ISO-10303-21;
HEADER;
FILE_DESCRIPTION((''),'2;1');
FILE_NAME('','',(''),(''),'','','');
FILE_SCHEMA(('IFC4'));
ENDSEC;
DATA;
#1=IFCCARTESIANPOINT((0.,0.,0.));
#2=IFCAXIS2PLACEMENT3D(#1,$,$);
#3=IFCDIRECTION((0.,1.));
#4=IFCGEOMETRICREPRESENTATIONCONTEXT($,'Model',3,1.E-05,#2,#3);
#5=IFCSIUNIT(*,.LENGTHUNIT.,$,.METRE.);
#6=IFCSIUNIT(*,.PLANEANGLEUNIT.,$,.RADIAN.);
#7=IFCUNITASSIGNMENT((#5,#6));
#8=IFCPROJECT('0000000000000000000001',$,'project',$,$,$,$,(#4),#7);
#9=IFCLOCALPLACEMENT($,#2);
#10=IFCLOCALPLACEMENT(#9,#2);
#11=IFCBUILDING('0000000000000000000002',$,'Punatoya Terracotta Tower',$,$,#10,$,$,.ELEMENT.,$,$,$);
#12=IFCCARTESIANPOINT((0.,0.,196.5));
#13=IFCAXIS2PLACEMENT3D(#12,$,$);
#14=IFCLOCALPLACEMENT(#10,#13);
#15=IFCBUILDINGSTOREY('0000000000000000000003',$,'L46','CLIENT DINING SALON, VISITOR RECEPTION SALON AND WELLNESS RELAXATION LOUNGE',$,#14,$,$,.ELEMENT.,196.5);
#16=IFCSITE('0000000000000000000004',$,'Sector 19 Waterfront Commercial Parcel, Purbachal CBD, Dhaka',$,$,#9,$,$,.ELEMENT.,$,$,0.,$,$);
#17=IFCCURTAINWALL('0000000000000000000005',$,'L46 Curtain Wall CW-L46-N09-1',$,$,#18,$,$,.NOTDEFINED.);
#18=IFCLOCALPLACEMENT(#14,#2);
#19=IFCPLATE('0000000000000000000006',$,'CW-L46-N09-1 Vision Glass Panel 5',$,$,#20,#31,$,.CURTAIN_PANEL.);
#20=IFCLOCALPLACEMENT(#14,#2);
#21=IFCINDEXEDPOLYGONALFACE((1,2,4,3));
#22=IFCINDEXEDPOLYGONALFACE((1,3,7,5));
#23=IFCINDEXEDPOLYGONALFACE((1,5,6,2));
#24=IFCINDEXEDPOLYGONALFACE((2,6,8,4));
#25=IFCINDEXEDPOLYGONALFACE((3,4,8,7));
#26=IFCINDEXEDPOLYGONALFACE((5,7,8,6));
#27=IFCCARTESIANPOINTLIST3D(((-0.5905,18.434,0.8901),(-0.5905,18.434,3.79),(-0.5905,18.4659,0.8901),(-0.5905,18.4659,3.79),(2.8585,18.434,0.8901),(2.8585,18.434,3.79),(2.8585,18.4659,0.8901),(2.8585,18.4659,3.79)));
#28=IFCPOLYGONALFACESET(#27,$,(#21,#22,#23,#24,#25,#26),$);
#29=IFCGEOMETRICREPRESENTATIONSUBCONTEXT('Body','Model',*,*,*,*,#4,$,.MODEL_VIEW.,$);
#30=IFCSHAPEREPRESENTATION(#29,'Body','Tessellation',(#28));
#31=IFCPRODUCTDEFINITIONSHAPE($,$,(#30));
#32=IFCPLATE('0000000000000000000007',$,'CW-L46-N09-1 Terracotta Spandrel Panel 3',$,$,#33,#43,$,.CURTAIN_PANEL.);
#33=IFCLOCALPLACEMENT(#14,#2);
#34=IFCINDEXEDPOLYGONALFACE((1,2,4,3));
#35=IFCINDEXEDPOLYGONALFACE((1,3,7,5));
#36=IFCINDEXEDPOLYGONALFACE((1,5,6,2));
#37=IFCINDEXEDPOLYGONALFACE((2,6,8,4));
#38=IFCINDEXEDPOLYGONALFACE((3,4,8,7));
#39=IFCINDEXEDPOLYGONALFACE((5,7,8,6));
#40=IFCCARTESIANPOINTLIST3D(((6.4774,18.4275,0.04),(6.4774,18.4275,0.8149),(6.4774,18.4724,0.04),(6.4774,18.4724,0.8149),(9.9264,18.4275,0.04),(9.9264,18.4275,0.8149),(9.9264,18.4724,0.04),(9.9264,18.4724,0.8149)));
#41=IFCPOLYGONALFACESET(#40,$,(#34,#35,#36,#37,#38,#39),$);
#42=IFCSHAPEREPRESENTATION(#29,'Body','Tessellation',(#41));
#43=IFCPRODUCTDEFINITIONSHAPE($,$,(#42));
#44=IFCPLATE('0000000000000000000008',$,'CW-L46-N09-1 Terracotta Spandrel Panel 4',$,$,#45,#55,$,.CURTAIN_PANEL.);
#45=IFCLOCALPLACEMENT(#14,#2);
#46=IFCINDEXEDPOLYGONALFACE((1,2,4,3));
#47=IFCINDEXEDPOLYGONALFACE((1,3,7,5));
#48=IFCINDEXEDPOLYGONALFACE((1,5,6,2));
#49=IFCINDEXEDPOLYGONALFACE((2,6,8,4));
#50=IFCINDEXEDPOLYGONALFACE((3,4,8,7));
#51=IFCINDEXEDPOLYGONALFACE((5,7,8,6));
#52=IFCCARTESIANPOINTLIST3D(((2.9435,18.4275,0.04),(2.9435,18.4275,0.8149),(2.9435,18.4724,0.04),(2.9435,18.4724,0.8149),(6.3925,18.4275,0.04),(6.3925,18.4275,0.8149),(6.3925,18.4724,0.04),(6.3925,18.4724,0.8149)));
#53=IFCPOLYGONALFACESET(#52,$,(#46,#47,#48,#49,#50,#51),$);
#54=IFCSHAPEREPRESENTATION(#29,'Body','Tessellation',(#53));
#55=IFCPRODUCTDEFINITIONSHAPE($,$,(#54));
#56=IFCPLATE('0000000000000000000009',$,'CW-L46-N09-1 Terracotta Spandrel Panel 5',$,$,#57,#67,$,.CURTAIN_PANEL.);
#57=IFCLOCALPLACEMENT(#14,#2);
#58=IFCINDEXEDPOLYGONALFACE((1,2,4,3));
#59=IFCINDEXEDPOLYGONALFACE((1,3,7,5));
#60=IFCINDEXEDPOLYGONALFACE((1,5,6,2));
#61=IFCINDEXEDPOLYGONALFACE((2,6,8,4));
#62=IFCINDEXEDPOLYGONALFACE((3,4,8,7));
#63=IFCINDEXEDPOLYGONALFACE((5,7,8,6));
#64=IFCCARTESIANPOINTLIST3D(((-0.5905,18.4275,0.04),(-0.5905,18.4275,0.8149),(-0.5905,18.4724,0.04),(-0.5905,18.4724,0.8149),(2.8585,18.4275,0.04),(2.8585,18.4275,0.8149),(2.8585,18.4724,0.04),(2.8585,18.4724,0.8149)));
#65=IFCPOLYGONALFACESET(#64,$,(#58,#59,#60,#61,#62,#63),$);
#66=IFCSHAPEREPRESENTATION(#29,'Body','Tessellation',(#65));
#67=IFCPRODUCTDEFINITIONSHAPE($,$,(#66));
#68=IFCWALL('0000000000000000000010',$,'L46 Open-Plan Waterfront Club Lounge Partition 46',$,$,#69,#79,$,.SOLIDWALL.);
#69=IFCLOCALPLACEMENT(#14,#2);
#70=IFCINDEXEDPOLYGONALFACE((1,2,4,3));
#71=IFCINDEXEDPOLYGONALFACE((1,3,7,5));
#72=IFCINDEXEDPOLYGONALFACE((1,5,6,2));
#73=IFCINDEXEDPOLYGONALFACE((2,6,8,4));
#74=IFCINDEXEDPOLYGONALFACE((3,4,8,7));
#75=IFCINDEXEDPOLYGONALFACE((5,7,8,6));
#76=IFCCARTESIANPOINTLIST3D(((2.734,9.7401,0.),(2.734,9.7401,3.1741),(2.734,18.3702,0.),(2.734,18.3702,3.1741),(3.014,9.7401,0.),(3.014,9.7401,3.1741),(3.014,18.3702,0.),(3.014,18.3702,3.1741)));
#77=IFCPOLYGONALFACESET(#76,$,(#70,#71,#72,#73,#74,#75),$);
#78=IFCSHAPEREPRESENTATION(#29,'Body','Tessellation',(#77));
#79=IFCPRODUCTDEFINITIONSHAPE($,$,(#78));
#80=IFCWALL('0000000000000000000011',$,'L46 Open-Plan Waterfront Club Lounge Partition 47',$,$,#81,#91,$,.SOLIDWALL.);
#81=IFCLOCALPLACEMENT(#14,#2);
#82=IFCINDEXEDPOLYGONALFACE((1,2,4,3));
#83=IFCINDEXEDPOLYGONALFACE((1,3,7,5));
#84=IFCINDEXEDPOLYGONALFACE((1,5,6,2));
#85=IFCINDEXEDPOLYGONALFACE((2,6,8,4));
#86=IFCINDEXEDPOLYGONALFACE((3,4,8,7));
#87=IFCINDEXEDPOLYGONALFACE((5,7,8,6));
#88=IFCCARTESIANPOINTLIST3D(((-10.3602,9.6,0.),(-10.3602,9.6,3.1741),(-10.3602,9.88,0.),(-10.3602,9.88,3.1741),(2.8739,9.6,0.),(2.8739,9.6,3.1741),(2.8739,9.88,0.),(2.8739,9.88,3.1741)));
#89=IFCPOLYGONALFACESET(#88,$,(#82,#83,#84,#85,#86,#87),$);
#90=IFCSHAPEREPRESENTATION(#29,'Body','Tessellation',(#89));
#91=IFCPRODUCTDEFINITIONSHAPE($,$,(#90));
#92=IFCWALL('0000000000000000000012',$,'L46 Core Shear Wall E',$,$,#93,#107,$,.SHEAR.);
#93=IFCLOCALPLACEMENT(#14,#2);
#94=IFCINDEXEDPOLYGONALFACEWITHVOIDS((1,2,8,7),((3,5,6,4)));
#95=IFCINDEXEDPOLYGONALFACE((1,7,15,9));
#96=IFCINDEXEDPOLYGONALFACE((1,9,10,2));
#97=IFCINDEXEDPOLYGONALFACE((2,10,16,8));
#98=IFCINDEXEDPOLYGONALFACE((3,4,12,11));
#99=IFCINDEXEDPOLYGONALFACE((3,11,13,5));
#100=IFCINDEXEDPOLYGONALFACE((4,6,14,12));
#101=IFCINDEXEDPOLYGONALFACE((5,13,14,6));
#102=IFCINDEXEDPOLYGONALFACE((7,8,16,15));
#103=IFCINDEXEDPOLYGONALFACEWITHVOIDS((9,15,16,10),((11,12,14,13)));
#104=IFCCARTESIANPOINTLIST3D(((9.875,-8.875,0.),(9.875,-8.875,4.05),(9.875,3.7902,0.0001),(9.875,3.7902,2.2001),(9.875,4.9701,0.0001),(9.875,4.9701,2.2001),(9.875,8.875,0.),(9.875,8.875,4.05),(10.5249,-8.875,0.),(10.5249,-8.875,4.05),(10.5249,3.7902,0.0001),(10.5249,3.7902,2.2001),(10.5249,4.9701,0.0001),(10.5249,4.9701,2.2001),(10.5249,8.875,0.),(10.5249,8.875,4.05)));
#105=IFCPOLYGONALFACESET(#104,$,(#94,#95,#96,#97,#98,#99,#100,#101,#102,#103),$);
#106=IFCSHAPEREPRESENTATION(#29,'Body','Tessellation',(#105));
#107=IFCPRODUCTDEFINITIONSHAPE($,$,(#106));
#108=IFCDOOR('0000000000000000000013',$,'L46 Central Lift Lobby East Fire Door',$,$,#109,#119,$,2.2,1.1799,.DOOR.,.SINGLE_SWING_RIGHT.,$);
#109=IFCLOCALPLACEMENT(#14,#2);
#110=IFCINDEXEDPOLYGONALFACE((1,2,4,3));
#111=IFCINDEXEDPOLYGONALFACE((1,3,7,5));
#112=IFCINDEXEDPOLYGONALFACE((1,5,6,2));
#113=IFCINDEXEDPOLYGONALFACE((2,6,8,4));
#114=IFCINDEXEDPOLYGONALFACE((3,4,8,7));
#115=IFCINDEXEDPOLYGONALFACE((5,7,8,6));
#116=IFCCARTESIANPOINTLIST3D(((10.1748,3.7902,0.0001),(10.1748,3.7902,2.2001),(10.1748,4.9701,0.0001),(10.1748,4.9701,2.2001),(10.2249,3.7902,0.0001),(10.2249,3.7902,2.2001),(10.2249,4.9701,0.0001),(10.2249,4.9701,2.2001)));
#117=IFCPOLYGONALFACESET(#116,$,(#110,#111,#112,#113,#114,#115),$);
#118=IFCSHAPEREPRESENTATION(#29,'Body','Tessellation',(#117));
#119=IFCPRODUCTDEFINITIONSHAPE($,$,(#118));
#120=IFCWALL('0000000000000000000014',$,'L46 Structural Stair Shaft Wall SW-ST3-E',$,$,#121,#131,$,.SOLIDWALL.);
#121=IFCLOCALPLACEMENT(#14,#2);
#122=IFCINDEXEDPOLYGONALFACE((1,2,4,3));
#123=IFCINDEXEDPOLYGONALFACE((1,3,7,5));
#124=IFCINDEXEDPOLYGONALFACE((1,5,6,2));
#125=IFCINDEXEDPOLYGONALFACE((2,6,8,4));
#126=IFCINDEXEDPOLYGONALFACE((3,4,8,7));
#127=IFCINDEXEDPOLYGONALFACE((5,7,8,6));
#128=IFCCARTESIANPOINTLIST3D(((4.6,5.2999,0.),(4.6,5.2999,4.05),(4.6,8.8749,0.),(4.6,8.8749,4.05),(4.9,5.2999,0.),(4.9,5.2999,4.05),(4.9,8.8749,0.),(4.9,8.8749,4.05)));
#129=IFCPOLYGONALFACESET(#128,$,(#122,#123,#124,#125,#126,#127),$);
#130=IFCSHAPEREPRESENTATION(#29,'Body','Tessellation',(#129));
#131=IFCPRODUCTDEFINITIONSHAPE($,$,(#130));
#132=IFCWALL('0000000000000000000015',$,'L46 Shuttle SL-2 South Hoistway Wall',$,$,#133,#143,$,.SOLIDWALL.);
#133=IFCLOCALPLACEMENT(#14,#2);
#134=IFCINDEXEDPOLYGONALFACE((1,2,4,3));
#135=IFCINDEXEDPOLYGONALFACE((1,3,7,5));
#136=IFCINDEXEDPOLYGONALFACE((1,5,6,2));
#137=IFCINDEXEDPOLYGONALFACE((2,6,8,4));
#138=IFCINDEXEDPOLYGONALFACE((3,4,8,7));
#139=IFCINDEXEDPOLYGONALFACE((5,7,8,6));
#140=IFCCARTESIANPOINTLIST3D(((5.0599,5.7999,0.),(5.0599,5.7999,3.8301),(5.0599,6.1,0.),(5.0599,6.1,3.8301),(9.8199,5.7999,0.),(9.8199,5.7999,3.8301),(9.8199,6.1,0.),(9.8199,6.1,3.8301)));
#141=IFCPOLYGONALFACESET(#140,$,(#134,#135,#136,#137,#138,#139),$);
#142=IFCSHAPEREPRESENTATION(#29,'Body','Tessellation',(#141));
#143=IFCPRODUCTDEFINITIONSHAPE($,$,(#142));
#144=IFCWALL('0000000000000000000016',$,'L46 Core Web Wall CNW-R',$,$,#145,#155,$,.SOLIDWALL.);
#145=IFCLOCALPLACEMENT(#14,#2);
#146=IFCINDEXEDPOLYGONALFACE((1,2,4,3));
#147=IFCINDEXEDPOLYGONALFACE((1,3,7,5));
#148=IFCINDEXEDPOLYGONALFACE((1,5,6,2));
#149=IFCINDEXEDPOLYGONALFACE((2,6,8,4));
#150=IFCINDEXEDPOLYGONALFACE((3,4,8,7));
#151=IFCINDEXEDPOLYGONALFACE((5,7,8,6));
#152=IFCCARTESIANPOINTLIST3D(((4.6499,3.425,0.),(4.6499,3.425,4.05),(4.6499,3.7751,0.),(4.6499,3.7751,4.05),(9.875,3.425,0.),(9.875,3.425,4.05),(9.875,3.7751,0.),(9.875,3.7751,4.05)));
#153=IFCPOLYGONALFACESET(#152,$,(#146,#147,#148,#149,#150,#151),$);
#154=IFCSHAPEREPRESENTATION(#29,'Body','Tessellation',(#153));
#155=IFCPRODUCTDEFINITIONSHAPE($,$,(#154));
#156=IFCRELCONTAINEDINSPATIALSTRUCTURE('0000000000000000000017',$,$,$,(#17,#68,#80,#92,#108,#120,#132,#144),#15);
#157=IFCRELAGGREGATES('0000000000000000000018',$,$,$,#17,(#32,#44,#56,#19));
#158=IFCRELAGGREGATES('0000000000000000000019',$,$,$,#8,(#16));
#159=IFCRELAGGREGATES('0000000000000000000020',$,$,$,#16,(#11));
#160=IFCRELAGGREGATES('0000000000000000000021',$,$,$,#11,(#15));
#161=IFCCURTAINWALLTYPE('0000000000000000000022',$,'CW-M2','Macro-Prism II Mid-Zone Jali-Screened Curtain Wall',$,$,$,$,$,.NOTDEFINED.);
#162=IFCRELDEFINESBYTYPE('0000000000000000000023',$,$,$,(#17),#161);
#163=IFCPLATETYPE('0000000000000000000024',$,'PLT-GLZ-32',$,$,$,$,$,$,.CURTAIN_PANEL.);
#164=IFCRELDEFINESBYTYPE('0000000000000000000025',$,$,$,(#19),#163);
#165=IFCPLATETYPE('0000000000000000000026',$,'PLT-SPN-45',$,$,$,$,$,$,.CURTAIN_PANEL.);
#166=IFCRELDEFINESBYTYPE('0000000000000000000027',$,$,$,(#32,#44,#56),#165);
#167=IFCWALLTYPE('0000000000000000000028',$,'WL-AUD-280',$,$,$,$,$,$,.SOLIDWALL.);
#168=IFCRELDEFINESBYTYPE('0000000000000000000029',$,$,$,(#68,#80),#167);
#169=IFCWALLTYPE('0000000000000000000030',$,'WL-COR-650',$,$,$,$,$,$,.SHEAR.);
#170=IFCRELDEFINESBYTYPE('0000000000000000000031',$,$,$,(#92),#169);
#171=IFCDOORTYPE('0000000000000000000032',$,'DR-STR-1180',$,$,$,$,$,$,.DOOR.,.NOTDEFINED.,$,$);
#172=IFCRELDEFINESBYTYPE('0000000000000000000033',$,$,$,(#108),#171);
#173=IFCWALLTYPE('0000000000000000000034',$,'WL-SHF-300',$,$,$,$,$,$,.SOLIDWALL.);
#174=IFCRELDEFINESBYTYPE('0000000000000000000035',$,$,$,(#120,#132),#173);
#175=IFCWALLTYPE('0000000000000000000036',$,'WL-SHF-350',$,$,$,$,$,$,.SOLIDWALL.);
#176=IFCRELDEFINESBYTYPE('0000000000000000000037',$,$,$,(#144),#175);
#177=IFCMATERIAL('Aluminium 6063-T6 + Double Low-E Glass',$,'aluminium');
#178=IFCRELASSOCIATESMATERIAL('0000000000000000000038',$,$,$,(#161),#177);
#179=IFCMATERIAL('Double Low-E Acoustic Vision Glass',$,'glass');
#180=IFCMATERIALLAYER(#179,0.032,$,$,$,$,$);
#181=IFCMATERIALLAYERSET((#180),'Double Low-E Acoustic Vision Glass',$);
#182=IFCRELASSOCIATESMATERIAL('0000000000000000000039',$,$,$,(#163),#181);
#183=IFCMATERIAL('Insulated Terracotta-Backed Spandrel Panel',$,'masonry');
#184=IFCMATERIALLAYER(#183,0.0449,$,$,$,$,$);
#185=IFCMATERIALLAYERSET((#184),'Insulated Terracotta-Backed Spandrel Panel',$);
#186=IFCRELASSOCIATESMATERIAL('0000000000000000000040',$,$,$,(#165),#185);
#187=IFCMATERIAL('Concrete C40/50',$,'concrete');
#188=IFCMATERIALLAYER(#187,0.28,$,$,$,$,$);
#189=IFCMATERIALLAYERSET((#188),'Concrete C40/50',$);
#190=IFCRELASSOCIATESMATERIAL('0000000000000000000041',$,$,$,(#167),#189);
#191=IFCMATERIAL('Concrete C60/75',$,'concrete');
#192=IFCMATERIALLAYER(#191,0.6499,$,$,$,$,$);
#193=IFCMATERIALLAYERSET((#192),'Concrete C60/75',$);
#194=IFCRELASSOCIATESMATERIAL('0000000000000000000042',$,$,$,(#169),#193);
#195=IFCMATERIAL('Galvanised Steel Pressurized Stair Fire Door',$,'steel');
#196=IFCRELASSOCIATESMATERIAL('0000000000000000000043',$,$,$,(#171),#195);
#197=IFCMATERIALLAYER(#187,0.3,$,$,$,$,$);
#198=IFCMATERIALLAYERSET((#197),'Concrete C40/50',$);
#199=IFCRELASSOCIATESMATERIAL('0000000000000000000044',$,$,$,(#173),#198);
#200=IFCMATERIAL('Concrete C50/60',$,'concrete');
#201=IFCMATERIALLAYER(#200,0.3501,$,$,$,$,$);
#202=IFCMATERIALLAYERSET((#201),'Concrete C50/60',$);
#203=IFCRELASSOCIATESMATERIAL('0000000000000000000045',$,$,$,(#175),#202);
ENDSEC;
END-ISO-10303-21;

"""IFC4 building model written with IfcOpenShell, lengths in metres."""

from ifc_helpers import new_model, si_unit, direction, frame, frame_2d, origin, origin_2d, place, context, subcontext, project, spatial, rectangle, extrude, material, layer, layer_set, type_object, element, fill, aggregate, save


model = new_model("IFC4")

# Units and contexts
model_context = context("Model", 3, precision=1e-05, world=origin(), true_north=direction((0.0, 1.0)))
body_context = subcontext(model_context, "Body", "Model", "MODEL_VIEW")
ifc_project = project(units=[si_unit("LENGTHUNIT", "METRE"), si_unit("PLANEANGLEUNIT", "RADIAN")], contexts=[model_context])

# Site, building, storey
site_placement = place(None, origin())
site = spatial("IfcSite", under=ifc_project, at=site_placement, Name="Sector 19 Waterfront Commercial Parcel, Purbachal CBD, Dhaka", CompositionType="ELEMENT", RefElevation=0.0)
building_placement = place(site_placement, origin())
building = spatial("IfcBuilding", under=site, at=building_placement, Name="Punatoya Terracotta Tower", CompositionType="ELEMENT")
storey_placement = place(building_placement, frame((0.0, 0.0, 196.5)))
storey = spatial("IfcBuildingStorey", under=building, at=storey_placement, Name="L46", Description="CLIENT DINING SALON, VISITOR RECEPTION SALON AND WELLNESS RELAXATION LOUNGE", CompositionType="ELEMENT", Elevation=196.5)

# Curtain wall, plates
ifc_material_1 = material(Name="Aluminium 6063-T6 + Double Low-E Glass", Category="aluminium")
curtain_wall_type = type_object("IfcCurtainWallType", Name="CW-M2", Description="Macro-Prism II Mid-Zone Jali-Screened Curtain Wall", PredefinedType="NOTDEFINED", material=ifc_material_1)
curtain_wall_placement = place(storey_placement, origin())
curtain_wall = element("IfcCurtainWall", 1, at=curtain_wall_placement, inside=storey, type_object=curtain_wall_type, Name="L46 Curtain Wall CW-L46-N09-1", PredefinedType="NOTDEFINED")
ifc_material_2 = material(Name="Double Low-E Acoustic Vision Glass", Category="glass")
ifc_layer_1 = layer(ifc_material_2, 0.032)
ifc_layer_set_1 = layer_set([ifc_layer_1], Name="Double Low-E Acoustic Vision Glass")
plate_type_1 = type_object("IfcPlateType", Name="PLT-GLZ-32", PredefinedType="CURTAIN_PANEL", material=ifc_layer_set_1)
plate_1_placement = place(storey_placement, frame((1.134, 18.45, 0.8901), z_axis=(0.0, 0.0, 1.0), x_axis=(-1.0, 0.0, 0.0)))
plate_1 = element("IfcPlate", 2, at=plate_1_placement, type_object=plate_type_1, Name="CW-L46-N09-1 Vision Glass Panel 5", PredefinedType="CURTAIN_PANEL", context=body_context, shape_type="SweptSolid", body=[
    extrude(rectangle(XDim=3.449, YDim=0.032, at=origin_2d()), origin(), (0.0, 0.0, 1.0), 2.8999),
])
ifc_material_3 = material(Name="Insulated Terracotta-Backed Spandrel Panel", Category="masonry")
ifc_layer_2 = layer(ifc_material_3, 0.0449)
ifc_layer_set_2 = layer_set([ifc_layer_2], Name="Insulated Terracotta-Backed Spandrel Panel")
plate_type_2 = type_object("IfcPlateType", Name="PLT-SPN-45", PredefinedType="CURTAIN_PANEL", material=ifc_layer_set_2)
plate_2_placement = place(storey_placement, frame((8.2019, 18.45, 0.04), z_axis=(0.0, 0.0, 1.0), x_axis=(-1.0, 0.0, 0.0)))
plate_2 = element("IfcPlate", 3, at=plate_2_placement, type_object=plate_type_2, Name="CW-L46-N09-1 Terracotta Spandrel Panel 3", PredefinedType="CURTAIN_PANEL", context=body_context, shape_type="SweptSolid", body=[
    extrude(rectangle(XDim=3.449, YDim=0.0449, at=origin_2d()), origin(), (0.0, 0.0, 1.0), 0.7749),
])
plate_3_placement = place(storey_placement, frame((4.668, 18.45, 0.04), z_axis=(0.0, 0.0, 1.0), x_axis=(-1.0, 0.0, 0.0)))
plate_3 = element("IfcPlate", 4, at=plate_3_placement, type_object=plate_type_2, Name="CW-L46-N09-1 Terracotta Spandrel Panel 4", PredefinedType="CURTAIN_PANEL", context=body_context, shape_type="SweptSolid", body=[
    extrude(rectangle(XDim=3.449, YDim=0.0449, at=origin_2d()), origin(), (0.0, 0.0, 1.0), 0.7749),
])
plate_4_placement = place(storey_placement, frame((1.134, 18.45, 0.04), z_axis=(0.0, 0.0, 1.0), x_axis=(-1.0, 0.0, 0.0)))
plate_4 = element("IfcPlate", 5, at=plate_4_placement, type_object=plate_type_2, Name="CW-L46-N09-1 Terracotta Spandrel Panel 5", PredefinedType="CURTAIN_PANEL", context=body_context, shape_type="SweptSolid", body=[
    extrude(rectangle(XDim=3.449, YDim=0.0449, at=origin_2d()), origin(), (0.0, 0.0, 1.0), 0.7749),
])
aggregate(curtain_wall, [plate_2, plate_3, plate_4, plate_1])

# Walls
ifc_material_4 = material(Name="Concrete C40/50", Category="concrete")
ifc_layer_3 = layer(ifc_material_4, 0.28)
ifc_layer_set_3 = layer_set([ifc_layer_3], Name="Concrete C40/50")
wall_type_1 = type_object("IfcWallType", Name="WL-AUD-280", PredefinedType="SOLIDWALL", material=ifc_layer_set_3)
wall_1_placement = place(storey_placement, frame((2.874, 18.3701, 0.0), z_axis=(0.0, 0.0, 1.0), x_axis=(0.0, -1.0, 0.0)))
element("IfcWall", 6, at=wall_1_placement, inside=storey, type_object=wall_type_1, Name="L46 Open-Plan Waterfront Club Lounge Partition 46", PredefinedType="SOLIDWALL", context=body_context, shape_type="SweptSolid", body=[
    extrude(rectangle(XDim=8.6301, YDim=0.28, at=frame_2d((4.3149, 0.0))), origin(), (0.0, 0.0, 1.0), 3.1741),
])
wall_2_placement = place(storey_placement, frame((2.874, 9.74, 0.0), z_axis=(0.0, 0.0, 1.0), x_axis=(-1.0, 0.0, 0.0)))
element("IfcWall", 7, at=wall_2_placement, inside=storey, type_object=wall_type_1, Name="L46 Open-Plan Waterfront Club Lounge Partition 47", PredefinedType="SOLIDWALL", context=body_context, shape_type="SweptSolid", body=[
    extrude(rectangle(XDim=13.2341, YDim=0.28, at=frame_2d((6.6172, 0.0))), origin(), (0.0, 0.0, 1.0), 3.1741),
])

# Wall, opening, door
ifc_material_5 = material(Name="Concrete C60/75", Category="concrete")
ifc_layer_4 = layer(ifc_material_5, 0.6499)
ifc_layer_set_4 = layer_set([ifc_layer_4], Name="Concrete C60/75")
wall_type_2 = type_object("IfcWallType", Name="WL-COR-650", PredefinedType="SHEAR", material=ifc_layer_set_4)
wall_3_placement = place(storey_placement, frame((10.2, 8.875, 0.0), z_axis=(0.0, 0.0, 1.0), x_axis=(0.0, -1.0, 0.0)))
wall_3 = element("IfcWall", 8, at=wall_3_placement, inside=storey, type_object=wall_type_2, Name="L46 Core Shear Wall E", PredefinedType="SHEAR", context=body_context, shape_type="SweptSolid", body=[
    extrude(rectangle(XDim=17.75, YDim=0.6499, at=frame_2d((8.875, 0.0))), origin(), (0.0, 0.0, 1.0), 4.05),
])
opening_placement = place(wall_3_placement, frame((3.905, 0.0, 0.0)))
opening = element("IfcOpeningElement", 9, at=opening_placement, cuts=wall_3, PredefinedType="OPENING", context=body_context, shape_type="SweptSolid", body=[
    extrude(rectangle(XDim=1.1799, YDim=2.2, at=frame_2d((0.5898, 1.1001))), frame((0.0, 0.335, 0.0), z_axis=(0.0, -1.0, 0.0), x_axis=(1.0, 0.0, 0.0)), (0.0, 0.0, 1.0), 0.6699),
])
ifc_material_6 = material(Name="Galvanised Steel Pressurized Stair Fire Door", Category="steel")
door_type = type_object("IfcDoorType", Name="DR-STR-1180", OperationType="NOTDEFINED", PredefinedType="DOOR", material=ifc_material_6)
door_placement = place(opening_placement, origin())
door = element("IfcDoor", 10, at=door_placement, inside=storey, type_object=door_type, Name="L46 Central Lift Lobby East Fire Door", OperationType="SINGLE_SWING_RIGHT", OverallHeight=2.2, OverallWidth=1.1799, PredefinedType="DOOR", context=body_context, shape_type="SweptSolid", body=[
    extrude(rectangle(XDim=1.1799, YDim=2.2, at=frame_2d((0.5898, 1.1001))), frame((0.0, 0.0249, 0.0), z_axis=(0.0, -1.0, 0.0), x_axis=(1.0, 0.0, 0.0)), (0.0, 0.0, 1.0), 0.05),
])
fill(opening, door)

# Walls
ifc_layer_5 = layer(ifc_material_4, 0.3)
ifc_layer_set_5 = layer_set([ifc_layer_5], Name="Concrete C40/50")
wall_type_3 = type_object("IfcWallType", Name="WL-SHF-300", PredefinedType="SOLIDWALL", material=ifc_layer_set_5)
wall_4_placement = place(storey_placement, frame((4.75, 8.875, 0.0), z_axis=(0.0, 0.0, 1.0), x_axis=(0.0, -1.0, 0.0)))
element("IfcWall", 11, at=wall_4_placement, inside=storey, type_object=wall_type_3, Name="L46 Structural Stair Shaft Wall SW-ST3-E", PredefinedType="SOLIDWALL", context=body_context, shape_type="SweptSolid", body=[
    extrude(rectangle(XDim=3.575, YDim=0.3, at=frame_2d((1.7876, 0.0))), origin(), (0.0, 0.0, 1.0), 4.05),
])
wall_5_placement = place(storey_placement, frame((5.0601, 5.95, 0.0), z_axis=(0.0, 0.0, 1.0), x_axis=(1.0, 0.0, 0.0)))
element("IfcWall", 12, at=wall_5_placement, inside=storey, type_object=wall_type_3, Name="L46 Shuttle SL-2 South Hoistway Wall", PredefinedType="SOLIDWALL", context=body_context, shape_type="SweptSolid", body=[
    extrude(rectangle(XDim=4.76, YDim=0.3, at=frame_2d((2.3799, 0.0))), origin(), (0.0, 0.0, 1.0), 3.8301),
])
ifc_material_7 = material(Name="Concrete C50/60", Category="concrete")
ifc_layer_6 = layer(ifc_material_7, 0.3501)
ifc_layer_set_6 = layer_set([ifc_layer_6], Name="Concrete C50/60")
wall_type_4 = type_object("IfcWallType", Name="WL-SHF-350", PredefinedType="SOLIDWALL", material=ifc_layer_set_6)
wall_6_placement = place(storey_placement, frame((4.6499, 3.6001, 0.0), z_axis=(0.0, 0.0, 1.0), x_axis=(1.0, 0.0, 0.0)))
element("IfcWall", 13, at=wall_6_placement, inside=storey, type_object=wall_type_4, Name="L46 Core Web Wall CNW-R", PredefinedType="SOLIDWALL", context=body_context, shape_type="SweptSolid", body=[
    extrude(rectangle(XDim=5.2251, YDim=0.3501, at=frame_2d((2.6125, 0.0))), origin(), (0.0, 0.0, 1.0), 4.05),
])

save(model, "model.ifc")
